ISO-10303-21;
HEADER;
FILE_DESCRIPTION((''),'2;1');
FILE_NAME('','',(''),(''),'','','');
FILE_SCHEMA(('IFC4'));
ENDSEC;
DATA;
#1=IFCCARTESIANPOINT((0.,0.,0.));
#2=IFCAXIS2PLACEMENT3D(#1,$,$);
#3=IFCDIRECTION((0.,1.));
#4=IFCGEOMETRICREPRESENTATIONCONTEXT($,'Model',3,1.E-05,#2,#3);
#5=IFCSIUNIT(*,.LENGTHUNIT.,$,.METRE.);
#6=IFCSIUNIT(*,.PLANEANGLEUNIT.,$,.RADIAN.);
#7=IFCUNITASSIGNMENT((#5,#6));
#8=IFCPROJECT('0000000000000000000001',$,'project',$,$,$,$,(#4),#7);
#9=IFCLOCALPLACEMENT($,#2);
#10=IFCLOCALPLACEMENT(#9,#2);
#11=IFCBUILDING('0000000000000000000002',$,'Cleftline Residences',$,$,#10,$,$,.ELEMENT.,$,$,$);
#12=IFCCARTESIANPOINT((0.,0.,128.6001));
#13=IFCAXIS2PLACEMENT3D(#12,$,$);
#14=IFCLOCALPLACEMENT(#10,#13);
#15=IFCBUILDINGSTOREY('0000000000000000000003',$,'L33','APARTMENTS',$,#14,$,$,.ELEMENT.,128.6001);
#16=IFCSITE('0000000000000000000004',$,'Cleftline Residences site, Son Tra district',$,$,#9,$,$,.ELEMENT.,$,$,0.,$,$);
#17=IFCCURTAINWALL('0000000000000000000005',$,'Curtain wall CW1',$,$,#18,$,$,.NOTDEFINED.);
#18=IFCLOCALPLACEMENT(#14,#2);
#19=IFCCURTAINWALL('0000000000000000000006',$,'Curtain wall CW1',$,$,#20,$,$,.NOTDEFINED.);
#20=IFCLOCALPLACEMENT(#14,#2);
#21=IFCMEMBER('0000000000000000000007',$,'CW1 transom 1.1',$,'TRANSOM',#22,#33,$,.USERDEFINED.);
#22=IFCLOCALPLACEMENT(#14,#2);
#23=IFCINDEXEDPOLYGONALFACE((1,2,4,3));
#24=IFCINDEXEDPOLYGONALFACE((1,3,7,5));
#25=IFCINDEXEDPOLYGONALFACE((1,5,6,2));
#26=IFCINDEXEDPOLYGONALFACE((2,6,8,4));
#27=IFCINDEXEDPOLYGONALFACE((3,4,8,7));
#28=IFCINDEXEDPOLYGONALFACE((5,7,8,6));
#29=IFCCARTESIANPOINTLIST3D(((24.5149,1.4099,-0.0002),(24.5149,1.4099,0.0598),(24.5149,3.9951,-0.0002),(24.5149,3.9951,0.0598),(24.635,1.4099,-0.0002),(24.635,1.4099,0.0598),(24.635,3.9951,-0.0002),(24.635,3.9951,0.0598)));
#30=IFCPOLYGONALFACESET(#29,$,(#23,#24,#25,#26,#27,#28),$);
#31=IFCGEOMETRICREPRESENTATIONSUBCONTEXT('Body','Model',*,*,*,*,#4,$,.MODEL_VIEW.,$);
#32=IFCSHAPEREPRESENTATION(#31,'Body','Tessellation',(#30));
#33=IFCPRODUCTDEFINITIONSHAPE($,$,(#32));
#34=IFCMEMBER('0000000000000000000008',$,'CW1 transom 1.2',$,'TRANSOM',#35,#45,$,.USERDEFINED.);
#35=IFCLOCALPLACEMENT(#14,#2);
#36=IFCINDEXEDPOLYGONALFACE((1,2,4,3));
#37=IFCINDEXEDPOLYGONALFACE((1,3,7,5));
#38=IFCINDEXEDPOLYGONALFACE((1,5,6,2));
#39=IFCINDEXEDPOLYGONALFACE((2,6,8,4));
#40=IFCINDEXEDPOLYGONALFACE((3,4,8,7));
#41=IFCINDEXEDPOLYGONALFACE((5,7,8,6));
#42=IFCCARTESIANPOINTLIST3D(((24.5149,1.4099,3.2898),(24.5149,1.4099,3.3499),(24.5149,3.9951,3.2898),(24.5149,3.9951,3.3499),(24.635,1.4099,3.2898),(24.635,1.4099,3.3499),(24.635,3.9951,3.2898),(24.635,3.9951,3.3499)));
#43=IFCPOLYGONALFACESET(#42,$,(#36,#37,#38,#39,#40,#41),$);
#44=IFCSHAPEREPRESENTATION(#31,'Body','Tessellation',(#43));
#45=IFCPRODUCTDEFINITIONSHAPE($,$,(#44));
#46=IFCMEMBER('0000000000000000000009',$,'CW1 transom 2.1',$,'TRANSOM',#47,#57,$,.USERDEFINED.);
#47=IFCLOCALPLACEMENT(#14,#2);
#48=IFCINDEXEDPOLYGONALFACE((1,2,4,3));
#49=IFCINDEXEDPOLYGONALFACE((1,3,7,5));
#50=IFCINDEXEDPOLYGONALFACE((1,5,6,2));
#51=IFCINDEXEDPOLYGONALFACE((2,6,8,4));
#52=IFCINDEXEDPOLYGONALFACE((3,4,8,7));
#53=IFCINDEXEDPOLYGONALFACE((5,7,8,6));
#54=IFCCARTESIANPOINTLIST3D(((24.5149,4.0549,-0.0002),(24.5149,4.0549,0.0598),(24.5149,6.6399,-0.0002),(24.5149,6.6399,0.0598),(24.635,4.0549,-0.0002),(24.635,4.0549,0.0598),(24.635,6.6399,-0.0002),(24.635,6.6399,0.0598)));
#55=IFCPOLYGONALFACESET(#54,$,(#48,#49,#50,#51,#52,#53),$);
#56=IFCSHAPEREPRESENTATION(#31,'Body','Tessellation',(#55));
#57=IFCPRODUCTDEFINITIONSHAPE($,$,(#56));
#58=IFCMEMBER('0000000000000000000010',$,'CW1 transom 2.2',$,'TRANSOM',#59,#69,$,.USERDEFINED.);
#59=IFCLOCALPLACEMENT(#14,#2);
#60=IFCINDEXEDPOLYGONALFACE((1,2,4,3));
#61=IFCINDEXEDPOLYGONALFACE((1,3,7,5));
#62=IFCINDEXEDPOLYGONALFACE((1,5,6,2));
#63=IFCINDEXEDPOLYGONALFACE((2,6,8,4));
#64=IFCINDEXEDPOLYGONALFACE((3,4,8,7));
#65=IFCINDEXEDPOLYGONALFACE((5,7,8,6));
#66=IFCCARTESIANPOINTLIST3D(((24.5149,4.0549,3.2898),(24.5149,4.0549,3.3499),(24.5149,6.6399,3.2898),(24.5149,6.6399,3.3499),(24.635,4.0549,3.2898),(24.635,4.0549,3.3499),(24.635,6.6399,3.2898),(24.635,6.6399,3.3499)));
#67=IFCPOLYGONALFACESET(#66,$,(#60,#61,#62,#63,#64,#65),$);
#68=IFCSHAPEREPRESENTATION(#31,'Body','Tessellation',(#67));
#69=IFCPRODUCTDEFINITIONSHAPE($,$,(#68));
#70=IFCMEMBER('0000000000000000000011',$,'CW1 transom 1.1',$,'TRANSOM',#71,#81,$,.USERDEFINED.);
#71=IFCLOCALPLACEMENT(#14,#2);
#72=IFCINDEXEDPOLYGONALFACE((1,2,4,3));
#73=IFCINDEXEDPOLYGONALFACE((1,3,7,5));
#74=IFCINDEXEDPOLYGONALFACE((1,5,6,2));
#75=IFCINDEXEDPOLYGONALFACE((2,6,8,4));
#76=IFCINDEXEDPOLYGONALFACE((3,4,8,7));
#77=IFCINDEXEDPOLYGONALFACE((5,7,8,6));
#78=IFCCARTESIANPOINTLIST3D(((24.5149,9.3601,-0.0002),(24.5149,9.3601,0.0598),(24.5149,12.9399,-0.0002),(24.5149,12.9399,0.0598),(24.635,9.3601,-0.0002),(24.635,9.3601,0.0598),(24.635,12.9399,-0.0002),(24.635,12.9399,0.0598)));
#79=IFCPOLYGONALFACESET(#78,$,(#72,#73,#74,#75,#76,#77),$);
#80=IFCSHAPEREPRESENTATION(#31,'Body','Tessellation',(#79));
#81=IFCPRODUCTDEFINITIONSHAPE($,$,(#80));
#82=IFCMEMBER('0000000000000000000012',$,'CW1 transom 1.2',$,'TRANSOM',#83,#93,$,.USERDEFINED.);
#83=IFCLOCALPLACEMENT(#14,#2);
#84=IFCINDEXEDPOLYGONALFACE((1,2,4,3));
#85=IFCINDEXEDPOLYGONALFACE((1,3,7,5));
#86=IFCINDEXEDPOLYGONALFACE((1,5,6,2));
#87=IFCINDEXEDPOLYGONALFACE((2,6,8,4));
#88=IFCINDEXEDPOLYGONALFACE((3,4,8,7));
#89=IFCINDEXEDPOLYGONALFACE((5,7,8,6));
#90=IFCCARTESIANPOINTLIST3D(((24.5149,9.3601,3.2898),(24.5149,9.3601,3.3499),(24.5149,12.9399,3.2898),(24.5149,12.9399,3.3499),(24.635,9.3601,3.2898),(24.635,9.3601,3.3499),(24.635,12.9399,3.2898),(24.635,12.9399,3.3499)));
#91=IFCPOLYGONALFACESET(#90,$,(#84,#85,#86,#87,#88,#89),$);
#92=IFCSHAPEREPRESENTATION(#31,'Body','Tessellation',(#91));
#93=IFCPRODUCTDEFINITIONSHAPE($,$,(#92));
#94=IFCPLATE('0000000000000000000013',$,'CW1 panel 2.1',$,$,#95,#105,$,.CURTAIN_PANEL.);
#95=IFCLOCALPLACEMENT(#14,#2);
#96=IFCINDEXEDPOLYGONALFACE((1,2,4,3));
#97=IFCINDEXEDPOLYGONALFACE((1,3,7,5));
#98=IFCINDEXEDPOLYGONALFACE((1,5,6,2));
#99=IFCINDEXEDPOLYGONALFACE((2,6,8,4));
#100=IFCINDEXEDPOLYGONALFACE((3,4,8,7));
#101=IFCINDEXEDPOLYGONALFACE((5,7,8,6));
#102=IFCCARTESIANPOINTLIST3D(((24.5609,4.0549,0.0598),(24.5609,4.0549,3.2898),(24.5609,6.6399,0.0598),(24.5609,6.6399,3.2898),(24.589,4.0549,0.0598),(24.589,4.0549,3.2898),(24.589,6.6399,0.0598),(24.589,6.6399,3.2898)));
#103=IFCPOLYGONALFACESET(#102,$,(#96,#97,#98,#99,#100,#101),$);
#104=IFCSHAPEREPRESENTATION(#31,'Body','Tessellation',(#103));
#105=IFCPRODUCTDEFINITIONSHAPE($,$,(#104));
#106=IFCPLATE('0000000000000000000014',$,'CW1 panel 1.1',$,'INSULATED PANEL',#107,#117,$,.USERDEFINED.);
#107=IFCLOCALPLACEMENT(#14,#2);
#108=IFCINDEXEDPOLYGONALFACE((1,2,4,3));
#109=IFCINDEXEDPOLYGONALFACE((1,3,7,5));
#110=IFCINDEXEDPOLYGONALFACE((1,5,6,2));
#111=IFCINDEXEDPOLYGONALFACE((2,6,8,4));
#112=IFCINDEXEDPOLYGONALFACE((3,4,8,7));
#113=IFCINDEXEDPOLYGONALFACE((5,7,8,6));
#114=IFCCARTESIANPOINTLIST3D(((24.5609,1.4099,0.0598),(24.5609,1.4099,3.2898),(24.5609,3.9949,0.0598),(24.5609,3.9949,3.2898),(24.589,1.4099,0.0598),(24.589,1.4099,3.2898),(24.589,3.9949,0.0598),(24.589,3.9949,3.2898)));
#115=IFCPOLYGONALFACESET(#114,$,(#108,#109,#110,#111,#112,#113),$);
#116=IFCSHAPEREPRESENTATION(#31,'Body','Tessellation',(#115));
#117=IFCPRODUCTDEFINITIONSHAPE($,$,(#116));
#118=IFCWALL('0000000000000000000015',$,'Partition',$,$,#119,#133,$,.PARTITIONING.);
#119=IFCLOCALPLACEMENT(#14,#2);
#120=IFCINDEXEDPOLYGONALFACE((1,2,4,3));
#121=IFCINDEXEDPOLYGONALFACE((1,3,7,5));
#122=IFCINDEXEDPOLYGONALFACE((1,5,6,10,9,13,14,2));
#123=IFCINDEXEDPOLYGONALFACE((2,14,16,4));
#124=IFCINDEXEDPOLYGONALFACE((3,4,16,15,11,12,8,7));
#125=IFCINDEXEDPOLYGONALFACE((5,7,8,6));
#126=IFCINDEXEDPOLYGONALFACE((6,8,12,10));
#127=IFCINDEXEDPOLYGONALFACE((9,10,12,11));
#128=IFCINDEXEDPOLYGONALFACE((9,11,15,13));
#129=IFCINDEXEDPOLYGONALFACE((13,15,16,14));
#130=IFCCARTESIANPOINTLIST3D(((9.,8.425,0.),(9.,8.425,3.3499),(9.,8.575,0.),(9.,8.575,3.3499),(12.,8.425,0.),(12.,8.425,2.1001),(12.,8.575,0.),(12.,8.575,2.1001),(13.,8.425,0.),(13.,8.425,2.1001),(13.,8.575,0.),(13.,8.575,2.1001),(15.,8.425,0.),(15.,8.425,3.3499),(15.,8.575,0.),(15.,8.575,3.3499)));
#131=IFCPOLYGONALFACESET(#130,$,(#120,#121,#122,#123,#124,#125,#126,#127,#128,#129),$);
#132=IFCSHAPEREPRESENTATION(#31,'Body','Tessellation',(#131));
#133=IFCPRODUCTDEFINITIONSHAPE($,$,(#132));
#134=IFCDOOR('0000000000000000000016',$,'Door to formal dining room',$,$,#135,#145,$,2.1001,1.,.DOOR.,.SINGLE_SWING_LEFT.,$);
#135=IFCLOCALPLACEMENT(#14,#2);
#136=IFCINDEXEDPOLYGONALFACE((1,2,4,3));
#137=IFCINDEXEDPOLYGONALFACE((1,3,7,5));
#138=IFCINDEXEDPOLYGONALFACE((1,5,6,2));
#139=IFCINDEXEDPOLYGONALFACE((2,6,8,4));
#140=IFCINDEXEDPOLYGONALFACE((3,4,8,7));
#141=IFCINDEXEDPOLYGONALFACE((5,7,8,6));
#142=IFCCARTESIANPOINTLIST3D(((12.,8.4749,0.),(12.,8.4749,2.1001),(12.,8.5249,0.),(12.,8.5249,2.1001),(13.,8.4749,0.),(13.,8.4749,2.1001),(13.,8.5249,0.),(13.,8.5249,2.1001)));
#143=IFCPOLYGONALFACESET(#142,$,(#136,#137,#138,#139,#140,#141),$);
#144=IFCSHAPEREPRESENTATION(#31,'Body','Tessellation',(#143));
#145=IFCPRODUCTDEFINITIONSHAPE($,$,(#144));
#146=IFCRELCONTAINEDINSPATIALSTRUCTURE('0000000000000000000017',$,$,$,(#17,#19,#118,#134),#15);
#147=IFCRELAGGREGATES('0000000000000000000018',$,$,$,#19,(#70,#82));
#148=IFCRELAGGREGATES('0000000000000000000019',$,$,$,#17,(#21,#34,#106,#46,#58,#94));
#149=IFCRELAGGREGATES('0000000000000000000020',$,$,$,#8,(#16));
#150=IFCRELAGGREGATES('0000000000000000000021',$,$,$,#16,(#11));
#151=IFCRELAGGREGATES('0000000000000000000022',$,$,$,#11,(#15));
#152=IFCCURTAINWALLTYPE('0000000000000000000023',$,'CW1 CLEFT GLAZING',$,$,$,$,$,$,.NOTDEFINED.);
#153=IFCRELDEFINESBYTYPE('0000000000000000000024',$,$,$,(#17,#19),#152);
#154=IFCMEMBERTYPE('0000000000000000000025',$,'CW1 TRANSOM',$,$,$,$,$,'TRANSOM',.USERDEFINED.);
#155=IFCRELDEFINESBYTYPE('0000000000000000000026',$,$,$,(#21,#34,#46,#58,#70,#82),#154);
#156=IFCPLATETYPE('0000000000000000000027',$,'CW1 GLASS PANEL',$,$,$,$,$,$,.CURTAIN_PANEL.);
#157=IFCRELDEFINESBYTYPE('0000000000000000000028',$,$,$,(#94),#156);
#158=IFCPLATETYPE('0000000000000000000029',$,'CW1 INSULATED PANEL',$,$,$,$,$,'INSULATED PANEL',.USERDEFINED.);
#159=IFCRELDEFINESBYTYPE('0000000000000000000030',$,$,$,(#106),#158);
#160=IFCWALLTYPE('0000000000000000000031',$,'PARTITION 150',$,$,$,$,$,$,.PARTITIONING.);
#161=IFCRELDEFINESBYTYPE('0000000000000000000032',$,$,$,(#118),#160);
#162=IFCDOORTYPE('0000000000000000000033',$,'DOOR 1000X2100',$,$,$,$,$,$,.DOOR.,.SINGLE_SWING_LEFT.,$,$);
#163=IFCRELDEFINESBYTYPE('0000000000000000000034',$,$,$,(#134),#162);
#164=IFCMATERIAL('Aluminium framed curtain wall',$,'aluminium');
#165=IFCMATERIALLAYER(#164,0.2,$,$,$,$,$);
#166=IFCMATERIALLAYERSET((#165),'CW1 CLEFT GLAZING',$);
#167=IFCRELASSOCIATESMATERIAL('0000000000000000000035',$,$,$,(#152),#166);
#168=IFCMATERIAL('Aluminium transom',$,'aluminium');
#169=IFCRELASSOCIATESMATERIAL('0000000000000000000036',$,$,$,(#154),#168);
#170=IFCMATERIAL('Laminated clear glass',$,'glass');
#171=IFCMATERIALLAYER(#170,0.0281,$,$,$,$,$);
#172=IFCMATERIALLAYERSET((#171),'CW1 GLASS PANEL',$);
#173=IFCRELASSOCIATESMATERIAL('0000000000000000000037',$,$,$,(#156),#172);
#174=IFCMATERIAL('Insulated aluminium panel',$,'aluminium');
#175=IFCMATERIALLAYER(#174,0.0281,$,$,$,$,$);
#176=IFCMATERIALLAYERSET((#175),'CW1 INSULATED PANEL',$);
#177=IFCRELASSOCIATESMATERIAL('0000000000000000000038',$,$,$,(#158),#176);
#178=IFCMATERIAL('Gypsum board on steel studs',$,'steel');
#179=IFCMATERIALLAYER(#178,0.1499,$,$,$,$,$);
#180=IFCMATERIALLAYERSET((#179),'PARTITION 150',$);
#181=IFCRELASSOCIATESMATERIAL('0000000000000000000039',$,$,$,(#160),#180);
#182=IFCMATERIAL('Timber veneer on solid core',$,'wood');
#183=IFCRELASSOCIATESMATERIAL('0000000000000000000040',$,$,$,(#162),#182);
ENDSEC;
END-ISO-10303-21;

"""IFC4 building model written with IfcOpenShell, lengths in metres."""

from ifc_helpers import new_model, si_unit, direction, frame, frame_2d, origin, origin_2d, place, context, subcontext, project, spatial, rectangle, extrude, material, layer, layer_set, material_profile, profile_set, type_object, element, fill, aggregate, save


model = new_model("IFC4")

# Units and contexts
model_context = context("Model", 3, precision=1e-05, world=origin(), true_north=direction((0.0, 1.0)))
body_context = subcontext(model_context, "Body", "Model", "MODEL_VIEW")
ifc_project = project(units=[si_unit("LENGTHUNIT", "METRE"), si_unit("PLANEANGLEUNIT", "RADIAN")], contexts=[model_context])

# Site, building, storey
site_placement = place(None, origin())
site = spatial("IfcSite", under=ifc_project, at=site_placement, Name="Cleftline Residences site, Son Tra district", CompositionType="ELEMENT", RefElevation=0.0)
building_placement = place(site_placement, origin())
building = spatial("IfcBuilding", under=site, at=building_placement, Name="Cleftline Residences", CompositionType="ELEMENT")
storey_placement = place(building_placement, frame((0.0, 0.0, 128.6001)))
storey = spatial("IfcBuildingStorey", under=building, at=storey_placement, Name="L33", Description="APARTMENTS", CompositionType="ELEMENT", Elevation=128.6001)

# Curtain wall
ifc_material_1 = material(Name="Aluminium framed curtain wall", Category="aluminium")
ifc_layer_1 = layer(ifc_material_1, 0.2)
ifc_layer_set_1 = layer_set([ifc_layer_1], Name="CW1 CLEFT GLAZING")
curtain_wall_type = type_object("IfcCurtainWallType", Name="CW1 CLEFT GLAZING", PredefinedType="NOTDEFINED", material=ifc_layer_set_1)
curtain_wall_1_placement = place(storey_placement, origin())
curtain_wall_1 = element("IfcCurtainWall", 1, at=curtain_wall_1_placement, inside=storey, type_object=curtain_wall_type, Name="Curtain wall CW1", PredefinedType="NOTDEFINED")

# Curtain wall
curtain_wall_2_placement = place(storey_placement, origin())
curtain_wall_2 = element("IfcCurtainWall", 2, at=curtain_wall_2_placement, inside=storey, type_object=curtain_wall_type, Name="Curtain wall CW1", PredefinedType="NOTDEFINED")

# Members
ifc_material_2 = material(Name="Aluminium transom", Category="aluminium")
ifc_material_profile_1 = material_profile(ifc_material_2, rectangle(XDim=0.1201, YDim=0.0601, at=origin_2d()))
ifc_profile_set_1 = profile_set([ifc_material_profile_1], Name="Aluminium transom")
member_type_1 = type_object("IfcMemberType", Name="CW1 TRANSOM", ElementType="TRANSOM", PredefinedType="USERDEFINED", material=ifc_profile_set_1)
member_1_placement = place(storey_placement, frame((24.575, 1.4099, 0.0298), z_axis=(0.0, 1.0, 0.0), x_axis=(-1.0, 0.0, 0.0)))
member_1 = element("IfcMember", 3, at=member_1_placement, type_object=member_type_1, Name="CW1 transom 1.1", ObjectType="TRANSOM", PredefinedType="USERDEFINED", context=body_context, shape_type="SweptSolid", body=[
    extrude(rectangle(XDim=0.1201, YDim=0.0601, at=origin_2d()), origin(), (0.0, 0.0, 1.0), 2.5852),
])
member_2_placement = place(storey_placement, frame((24.575, 1.4099, 3.3198), z_axis=(0.0, 1.0, 0.0), x_axis=(-1.0, 0.0, 0.0)))
member_2 = element("IfcMember", 4, at=member_2_placement, type_object=member_type_1, Name="CW1 transom 1.2", ObjectType="TRANSOM", PredefinedType="USERDEFINED", context=body_context, shape_type="SweptSolid", body=[
    extrude(rectangle(XDim=0.1201, YDim=0.0601, at=origin_2d()), origin(), (0.0, 0.0, 1.0), 2.5852),
])
member_3_placement = place(storey_placement, frame((24.575, 4.0549, 0.0298), z_axis=(0.0, 1.0, 0.0), x_axis=(-1.0, 0.0, 0.0)))
member_3 = element("IfcMember", 5, at=member_3_placement, type_object=member_type_1, Name="CW1 transom 2.1", ObjectType="TRANSOM", PredefinedType="USERDEFINED", context=body_context, shape_type="SweptSolid", body=[
    extrude(rectangle(XDim=0.1201, YDim=0.0601, at=origin_2d()), origin(), (0.0, 0.0, 1.0), 2.585),
])
member_4_placement = place(storey_placement, frame((24.575, 4.0549, 3.3198), z_axis=(0.0, 1.0, 0.0), x_axis=(-1.0, 0.0, 0.0)))
member_4 = element("IfcMember", 6, at=member_4_placement, type_object=member_type_1, Name="CW1 transom 2.2", ObjectType="TRANSOM", PredefinedType="USERDEFINED", context=body_context, shape_type="SweptSolid", body=[
    extrude(rectangle(XDim=0.1201, YDim=0.0601, at=origin_2d()), origin(), (0.0, 0.0, 1.0), 2.585),
])
member_5_placement = place(storey_placement, frame((24.575, 9.3601, 0.0298), z_axis=(0.0, 1.0, 0.0), x_axis=(-1.0, 0.0, 0.0)))
member_5 = element("IfcMember", 7, at=member_5_placement, type_object=member_type_1, Name="CW1 transom 1.1", ObjectType="TRANSOM", PredefinedType="USERDEFINED", context=body_context, shape_type="SweptSolid", body=[
    extrude(rectangle(XDim=0.1201, YDim=0.0601, at=origin_2d()), origin(), (0.0, 0.0, 1.0), 3.5798),
])
member_6_placement = place(storey_placement, frame((24.575, 9.3601, 3.3198), z_axis=(0.0, 1.0, 0.0), x_axis=(-1.0, 0.0, 0.0)))
member_6 = element("IfcMember", 8, at=member_6_placement, type_object=member_type_1, Name="CW1 transom 1.2", ObjectType="TRANSOM", PredefinedType="USERDEFINED", context=body_context, shape_type="SweptSolid", body=[
    extrude(rectangle(XDim=0.1201, YDim=0.0601, at=origin_2d()), origin(), (0.0, 0.0, 1.0), 3.5798),
])
aggregate(curtain_wall_2, [member_5, member_6])

# Plates
ifc_material_3 = material(Name="Laminated clear glass", Category="glass")
ifc_layer_2 = layer(ifc_material_3, 0.0281)
ifc_layer_set_2 = layer_set([ifc_layer_2], Name="CW1 GLASS PANEL")
plate_type_1 = type_object("IfcPlateType", Name="CW1 GLASS PANEL", PredefinedType="CURTAIN_PANEL", material=ifc_layer_set_2)
plate_1_placement = place(storey_placement, frame((24.575, 5.3474, 0.0598), z_axis=(0.0, 0.0, 1.0), x_axis=(0.0, 1.0, 0.0)))
plate_1 = element("IfcPlate", 9, at=plate_1_placement, type_object=plate_type_1, Name="CW1 panel 2.1", PredefinedType="CURTAIN_PANEL", context=body_context, shape_type="SweptSolid", body=[
    extrude(rectangle(XDim=2.585, YDim=0.0281, at=origin_2d()), origin(), (0.0, 0.0, 1.0), 3.23),
])
ifc_material_4 = material(Name="Insulated aluminium panel", Category="aluminium")
ifc_layer_3 = layer(ifc_material_4, 0.0281)
ifc_layer_set_3 = layer_set([ifc_layer_3], Name="CW1 INSULATED PANEL")
plate_type_2 = type_object("IfcPlateType", Name="CW1 INSULATED PANEL", ElementType="INSULATED PANEL", PredefinedType="USERDEFINED", material=ifc_layer_set_3)
plate_2_placement = place(storey_placement, frame((24.575, 2.7024, 0.0598), z_axis=(0.0, 0.0, 1.0), x_axis=(0.0, 1.0, 0.0)))
plate_2 = element("IfcPlate", 10, at=plate_2_placement, type_object=plate_type_2, Name="CW1 panel 1.1", ObjectType="INSULATED PANEL", PredefinedType="USERDEFINED", context=body_context, shape_type="SweptSolid", body=[
    extrude(rectangle(XDim=2.585, YDim=0.0281, at=origin_2d()), origin(), (0.0, 0.0, 1.0), 3.23),
])
aggregate(curtain_wall_1, [member_1, member_2, plate_2, member_3, member_4, plate_1])

# Wall, opening, door
ifc_material_5 = material(Name="Gypsum board on steel studs", Category="steel")
ifc_layer_4 = layer(ifc_material_5, 0.1499)
ifc_layer_set_4 = layer_set([ifc_layer_4], Name="PARTITION 150")
wall_type = type_object("IfcWallType", Name="PARTITION 150", PredefinedType="PARTITIONING", material=ifc_layer_set_4)
wall_1_placement = place(storey_placement, frame((9.0, 8.5, 0.0), z_axis=(0.0, 0.0, 1.0), x_axis=(1.0, 0.0, 0.0)))
wall_1 = element("IfcWall", 11, at=wall_1_placement, inside=storey, type_object=wall_type, Name="Partition", PredefinedType="PARTITIONING", context=body_context, shape_type="SweptSolid", body=[
    extrude(rectangle(XDim=6.0, YDim=0.1499, at=frame_2d((3.0, 0.0))), origin(), (0.0, 0.0, 1.0), 3.3499),
])
opening_1_placement = place(wall_1_placement, frame((3.0, 0.0, 0.0)))
opening_1 = element("IfcOpeningElement", 12, at=opening_1_placement, cuts=wall_1, PredefinedType="OPENING", context=body_context, shape_type="SweptSolid", body=[
    extrude(rectangle(XDim=1.0, YDim=2.1001, at=frame_2d((0.5, 1.05))), frame((0.0, 0.085, 0.0), z_axis=(0.0, -1.0, 0.0), x_axis=(1.0, 0.0, 0.0)), (0.0, 0.0, 1.0), 0.1699),
])
ifc_material_6 = material(Name="Timber veneer on solid core", Category="wood")
door_type_1 = type_object("IfcDoorType", Name="DOOR 1000X2100", OperationType="SINGLE_SWING_LEFT", PredefinedType="DOOR", material=ifc_material_6)
door_1_placement = place(opening_1_placement, origin())
door_1 = element("IfcDoor", 13, at=door_1_placement, inside=storey, type_object=door_type_1, Name="Door to formal dining room", OperationType="SINGLE_SWING_LEFT", OverallHeight=2.1001, OverallWidth=1.0, PredefinedType="DOOR", context=body_context, shape_type="SweptSolid", body=[
    extrude(rectangle(XDim=1.0, YDim=2.1001, at=frame_2d((0.5, 1.05))), frame((0.0, 0.0249, 0.0), z_axis=(0.0, -1.0, 0.0), x_axis=(1.0, 0.0, 0.0)), (0.0, 0.0, 1.0), 0.05),
])
fill(opening_1, door_1)

save(model, "model.ifc")
